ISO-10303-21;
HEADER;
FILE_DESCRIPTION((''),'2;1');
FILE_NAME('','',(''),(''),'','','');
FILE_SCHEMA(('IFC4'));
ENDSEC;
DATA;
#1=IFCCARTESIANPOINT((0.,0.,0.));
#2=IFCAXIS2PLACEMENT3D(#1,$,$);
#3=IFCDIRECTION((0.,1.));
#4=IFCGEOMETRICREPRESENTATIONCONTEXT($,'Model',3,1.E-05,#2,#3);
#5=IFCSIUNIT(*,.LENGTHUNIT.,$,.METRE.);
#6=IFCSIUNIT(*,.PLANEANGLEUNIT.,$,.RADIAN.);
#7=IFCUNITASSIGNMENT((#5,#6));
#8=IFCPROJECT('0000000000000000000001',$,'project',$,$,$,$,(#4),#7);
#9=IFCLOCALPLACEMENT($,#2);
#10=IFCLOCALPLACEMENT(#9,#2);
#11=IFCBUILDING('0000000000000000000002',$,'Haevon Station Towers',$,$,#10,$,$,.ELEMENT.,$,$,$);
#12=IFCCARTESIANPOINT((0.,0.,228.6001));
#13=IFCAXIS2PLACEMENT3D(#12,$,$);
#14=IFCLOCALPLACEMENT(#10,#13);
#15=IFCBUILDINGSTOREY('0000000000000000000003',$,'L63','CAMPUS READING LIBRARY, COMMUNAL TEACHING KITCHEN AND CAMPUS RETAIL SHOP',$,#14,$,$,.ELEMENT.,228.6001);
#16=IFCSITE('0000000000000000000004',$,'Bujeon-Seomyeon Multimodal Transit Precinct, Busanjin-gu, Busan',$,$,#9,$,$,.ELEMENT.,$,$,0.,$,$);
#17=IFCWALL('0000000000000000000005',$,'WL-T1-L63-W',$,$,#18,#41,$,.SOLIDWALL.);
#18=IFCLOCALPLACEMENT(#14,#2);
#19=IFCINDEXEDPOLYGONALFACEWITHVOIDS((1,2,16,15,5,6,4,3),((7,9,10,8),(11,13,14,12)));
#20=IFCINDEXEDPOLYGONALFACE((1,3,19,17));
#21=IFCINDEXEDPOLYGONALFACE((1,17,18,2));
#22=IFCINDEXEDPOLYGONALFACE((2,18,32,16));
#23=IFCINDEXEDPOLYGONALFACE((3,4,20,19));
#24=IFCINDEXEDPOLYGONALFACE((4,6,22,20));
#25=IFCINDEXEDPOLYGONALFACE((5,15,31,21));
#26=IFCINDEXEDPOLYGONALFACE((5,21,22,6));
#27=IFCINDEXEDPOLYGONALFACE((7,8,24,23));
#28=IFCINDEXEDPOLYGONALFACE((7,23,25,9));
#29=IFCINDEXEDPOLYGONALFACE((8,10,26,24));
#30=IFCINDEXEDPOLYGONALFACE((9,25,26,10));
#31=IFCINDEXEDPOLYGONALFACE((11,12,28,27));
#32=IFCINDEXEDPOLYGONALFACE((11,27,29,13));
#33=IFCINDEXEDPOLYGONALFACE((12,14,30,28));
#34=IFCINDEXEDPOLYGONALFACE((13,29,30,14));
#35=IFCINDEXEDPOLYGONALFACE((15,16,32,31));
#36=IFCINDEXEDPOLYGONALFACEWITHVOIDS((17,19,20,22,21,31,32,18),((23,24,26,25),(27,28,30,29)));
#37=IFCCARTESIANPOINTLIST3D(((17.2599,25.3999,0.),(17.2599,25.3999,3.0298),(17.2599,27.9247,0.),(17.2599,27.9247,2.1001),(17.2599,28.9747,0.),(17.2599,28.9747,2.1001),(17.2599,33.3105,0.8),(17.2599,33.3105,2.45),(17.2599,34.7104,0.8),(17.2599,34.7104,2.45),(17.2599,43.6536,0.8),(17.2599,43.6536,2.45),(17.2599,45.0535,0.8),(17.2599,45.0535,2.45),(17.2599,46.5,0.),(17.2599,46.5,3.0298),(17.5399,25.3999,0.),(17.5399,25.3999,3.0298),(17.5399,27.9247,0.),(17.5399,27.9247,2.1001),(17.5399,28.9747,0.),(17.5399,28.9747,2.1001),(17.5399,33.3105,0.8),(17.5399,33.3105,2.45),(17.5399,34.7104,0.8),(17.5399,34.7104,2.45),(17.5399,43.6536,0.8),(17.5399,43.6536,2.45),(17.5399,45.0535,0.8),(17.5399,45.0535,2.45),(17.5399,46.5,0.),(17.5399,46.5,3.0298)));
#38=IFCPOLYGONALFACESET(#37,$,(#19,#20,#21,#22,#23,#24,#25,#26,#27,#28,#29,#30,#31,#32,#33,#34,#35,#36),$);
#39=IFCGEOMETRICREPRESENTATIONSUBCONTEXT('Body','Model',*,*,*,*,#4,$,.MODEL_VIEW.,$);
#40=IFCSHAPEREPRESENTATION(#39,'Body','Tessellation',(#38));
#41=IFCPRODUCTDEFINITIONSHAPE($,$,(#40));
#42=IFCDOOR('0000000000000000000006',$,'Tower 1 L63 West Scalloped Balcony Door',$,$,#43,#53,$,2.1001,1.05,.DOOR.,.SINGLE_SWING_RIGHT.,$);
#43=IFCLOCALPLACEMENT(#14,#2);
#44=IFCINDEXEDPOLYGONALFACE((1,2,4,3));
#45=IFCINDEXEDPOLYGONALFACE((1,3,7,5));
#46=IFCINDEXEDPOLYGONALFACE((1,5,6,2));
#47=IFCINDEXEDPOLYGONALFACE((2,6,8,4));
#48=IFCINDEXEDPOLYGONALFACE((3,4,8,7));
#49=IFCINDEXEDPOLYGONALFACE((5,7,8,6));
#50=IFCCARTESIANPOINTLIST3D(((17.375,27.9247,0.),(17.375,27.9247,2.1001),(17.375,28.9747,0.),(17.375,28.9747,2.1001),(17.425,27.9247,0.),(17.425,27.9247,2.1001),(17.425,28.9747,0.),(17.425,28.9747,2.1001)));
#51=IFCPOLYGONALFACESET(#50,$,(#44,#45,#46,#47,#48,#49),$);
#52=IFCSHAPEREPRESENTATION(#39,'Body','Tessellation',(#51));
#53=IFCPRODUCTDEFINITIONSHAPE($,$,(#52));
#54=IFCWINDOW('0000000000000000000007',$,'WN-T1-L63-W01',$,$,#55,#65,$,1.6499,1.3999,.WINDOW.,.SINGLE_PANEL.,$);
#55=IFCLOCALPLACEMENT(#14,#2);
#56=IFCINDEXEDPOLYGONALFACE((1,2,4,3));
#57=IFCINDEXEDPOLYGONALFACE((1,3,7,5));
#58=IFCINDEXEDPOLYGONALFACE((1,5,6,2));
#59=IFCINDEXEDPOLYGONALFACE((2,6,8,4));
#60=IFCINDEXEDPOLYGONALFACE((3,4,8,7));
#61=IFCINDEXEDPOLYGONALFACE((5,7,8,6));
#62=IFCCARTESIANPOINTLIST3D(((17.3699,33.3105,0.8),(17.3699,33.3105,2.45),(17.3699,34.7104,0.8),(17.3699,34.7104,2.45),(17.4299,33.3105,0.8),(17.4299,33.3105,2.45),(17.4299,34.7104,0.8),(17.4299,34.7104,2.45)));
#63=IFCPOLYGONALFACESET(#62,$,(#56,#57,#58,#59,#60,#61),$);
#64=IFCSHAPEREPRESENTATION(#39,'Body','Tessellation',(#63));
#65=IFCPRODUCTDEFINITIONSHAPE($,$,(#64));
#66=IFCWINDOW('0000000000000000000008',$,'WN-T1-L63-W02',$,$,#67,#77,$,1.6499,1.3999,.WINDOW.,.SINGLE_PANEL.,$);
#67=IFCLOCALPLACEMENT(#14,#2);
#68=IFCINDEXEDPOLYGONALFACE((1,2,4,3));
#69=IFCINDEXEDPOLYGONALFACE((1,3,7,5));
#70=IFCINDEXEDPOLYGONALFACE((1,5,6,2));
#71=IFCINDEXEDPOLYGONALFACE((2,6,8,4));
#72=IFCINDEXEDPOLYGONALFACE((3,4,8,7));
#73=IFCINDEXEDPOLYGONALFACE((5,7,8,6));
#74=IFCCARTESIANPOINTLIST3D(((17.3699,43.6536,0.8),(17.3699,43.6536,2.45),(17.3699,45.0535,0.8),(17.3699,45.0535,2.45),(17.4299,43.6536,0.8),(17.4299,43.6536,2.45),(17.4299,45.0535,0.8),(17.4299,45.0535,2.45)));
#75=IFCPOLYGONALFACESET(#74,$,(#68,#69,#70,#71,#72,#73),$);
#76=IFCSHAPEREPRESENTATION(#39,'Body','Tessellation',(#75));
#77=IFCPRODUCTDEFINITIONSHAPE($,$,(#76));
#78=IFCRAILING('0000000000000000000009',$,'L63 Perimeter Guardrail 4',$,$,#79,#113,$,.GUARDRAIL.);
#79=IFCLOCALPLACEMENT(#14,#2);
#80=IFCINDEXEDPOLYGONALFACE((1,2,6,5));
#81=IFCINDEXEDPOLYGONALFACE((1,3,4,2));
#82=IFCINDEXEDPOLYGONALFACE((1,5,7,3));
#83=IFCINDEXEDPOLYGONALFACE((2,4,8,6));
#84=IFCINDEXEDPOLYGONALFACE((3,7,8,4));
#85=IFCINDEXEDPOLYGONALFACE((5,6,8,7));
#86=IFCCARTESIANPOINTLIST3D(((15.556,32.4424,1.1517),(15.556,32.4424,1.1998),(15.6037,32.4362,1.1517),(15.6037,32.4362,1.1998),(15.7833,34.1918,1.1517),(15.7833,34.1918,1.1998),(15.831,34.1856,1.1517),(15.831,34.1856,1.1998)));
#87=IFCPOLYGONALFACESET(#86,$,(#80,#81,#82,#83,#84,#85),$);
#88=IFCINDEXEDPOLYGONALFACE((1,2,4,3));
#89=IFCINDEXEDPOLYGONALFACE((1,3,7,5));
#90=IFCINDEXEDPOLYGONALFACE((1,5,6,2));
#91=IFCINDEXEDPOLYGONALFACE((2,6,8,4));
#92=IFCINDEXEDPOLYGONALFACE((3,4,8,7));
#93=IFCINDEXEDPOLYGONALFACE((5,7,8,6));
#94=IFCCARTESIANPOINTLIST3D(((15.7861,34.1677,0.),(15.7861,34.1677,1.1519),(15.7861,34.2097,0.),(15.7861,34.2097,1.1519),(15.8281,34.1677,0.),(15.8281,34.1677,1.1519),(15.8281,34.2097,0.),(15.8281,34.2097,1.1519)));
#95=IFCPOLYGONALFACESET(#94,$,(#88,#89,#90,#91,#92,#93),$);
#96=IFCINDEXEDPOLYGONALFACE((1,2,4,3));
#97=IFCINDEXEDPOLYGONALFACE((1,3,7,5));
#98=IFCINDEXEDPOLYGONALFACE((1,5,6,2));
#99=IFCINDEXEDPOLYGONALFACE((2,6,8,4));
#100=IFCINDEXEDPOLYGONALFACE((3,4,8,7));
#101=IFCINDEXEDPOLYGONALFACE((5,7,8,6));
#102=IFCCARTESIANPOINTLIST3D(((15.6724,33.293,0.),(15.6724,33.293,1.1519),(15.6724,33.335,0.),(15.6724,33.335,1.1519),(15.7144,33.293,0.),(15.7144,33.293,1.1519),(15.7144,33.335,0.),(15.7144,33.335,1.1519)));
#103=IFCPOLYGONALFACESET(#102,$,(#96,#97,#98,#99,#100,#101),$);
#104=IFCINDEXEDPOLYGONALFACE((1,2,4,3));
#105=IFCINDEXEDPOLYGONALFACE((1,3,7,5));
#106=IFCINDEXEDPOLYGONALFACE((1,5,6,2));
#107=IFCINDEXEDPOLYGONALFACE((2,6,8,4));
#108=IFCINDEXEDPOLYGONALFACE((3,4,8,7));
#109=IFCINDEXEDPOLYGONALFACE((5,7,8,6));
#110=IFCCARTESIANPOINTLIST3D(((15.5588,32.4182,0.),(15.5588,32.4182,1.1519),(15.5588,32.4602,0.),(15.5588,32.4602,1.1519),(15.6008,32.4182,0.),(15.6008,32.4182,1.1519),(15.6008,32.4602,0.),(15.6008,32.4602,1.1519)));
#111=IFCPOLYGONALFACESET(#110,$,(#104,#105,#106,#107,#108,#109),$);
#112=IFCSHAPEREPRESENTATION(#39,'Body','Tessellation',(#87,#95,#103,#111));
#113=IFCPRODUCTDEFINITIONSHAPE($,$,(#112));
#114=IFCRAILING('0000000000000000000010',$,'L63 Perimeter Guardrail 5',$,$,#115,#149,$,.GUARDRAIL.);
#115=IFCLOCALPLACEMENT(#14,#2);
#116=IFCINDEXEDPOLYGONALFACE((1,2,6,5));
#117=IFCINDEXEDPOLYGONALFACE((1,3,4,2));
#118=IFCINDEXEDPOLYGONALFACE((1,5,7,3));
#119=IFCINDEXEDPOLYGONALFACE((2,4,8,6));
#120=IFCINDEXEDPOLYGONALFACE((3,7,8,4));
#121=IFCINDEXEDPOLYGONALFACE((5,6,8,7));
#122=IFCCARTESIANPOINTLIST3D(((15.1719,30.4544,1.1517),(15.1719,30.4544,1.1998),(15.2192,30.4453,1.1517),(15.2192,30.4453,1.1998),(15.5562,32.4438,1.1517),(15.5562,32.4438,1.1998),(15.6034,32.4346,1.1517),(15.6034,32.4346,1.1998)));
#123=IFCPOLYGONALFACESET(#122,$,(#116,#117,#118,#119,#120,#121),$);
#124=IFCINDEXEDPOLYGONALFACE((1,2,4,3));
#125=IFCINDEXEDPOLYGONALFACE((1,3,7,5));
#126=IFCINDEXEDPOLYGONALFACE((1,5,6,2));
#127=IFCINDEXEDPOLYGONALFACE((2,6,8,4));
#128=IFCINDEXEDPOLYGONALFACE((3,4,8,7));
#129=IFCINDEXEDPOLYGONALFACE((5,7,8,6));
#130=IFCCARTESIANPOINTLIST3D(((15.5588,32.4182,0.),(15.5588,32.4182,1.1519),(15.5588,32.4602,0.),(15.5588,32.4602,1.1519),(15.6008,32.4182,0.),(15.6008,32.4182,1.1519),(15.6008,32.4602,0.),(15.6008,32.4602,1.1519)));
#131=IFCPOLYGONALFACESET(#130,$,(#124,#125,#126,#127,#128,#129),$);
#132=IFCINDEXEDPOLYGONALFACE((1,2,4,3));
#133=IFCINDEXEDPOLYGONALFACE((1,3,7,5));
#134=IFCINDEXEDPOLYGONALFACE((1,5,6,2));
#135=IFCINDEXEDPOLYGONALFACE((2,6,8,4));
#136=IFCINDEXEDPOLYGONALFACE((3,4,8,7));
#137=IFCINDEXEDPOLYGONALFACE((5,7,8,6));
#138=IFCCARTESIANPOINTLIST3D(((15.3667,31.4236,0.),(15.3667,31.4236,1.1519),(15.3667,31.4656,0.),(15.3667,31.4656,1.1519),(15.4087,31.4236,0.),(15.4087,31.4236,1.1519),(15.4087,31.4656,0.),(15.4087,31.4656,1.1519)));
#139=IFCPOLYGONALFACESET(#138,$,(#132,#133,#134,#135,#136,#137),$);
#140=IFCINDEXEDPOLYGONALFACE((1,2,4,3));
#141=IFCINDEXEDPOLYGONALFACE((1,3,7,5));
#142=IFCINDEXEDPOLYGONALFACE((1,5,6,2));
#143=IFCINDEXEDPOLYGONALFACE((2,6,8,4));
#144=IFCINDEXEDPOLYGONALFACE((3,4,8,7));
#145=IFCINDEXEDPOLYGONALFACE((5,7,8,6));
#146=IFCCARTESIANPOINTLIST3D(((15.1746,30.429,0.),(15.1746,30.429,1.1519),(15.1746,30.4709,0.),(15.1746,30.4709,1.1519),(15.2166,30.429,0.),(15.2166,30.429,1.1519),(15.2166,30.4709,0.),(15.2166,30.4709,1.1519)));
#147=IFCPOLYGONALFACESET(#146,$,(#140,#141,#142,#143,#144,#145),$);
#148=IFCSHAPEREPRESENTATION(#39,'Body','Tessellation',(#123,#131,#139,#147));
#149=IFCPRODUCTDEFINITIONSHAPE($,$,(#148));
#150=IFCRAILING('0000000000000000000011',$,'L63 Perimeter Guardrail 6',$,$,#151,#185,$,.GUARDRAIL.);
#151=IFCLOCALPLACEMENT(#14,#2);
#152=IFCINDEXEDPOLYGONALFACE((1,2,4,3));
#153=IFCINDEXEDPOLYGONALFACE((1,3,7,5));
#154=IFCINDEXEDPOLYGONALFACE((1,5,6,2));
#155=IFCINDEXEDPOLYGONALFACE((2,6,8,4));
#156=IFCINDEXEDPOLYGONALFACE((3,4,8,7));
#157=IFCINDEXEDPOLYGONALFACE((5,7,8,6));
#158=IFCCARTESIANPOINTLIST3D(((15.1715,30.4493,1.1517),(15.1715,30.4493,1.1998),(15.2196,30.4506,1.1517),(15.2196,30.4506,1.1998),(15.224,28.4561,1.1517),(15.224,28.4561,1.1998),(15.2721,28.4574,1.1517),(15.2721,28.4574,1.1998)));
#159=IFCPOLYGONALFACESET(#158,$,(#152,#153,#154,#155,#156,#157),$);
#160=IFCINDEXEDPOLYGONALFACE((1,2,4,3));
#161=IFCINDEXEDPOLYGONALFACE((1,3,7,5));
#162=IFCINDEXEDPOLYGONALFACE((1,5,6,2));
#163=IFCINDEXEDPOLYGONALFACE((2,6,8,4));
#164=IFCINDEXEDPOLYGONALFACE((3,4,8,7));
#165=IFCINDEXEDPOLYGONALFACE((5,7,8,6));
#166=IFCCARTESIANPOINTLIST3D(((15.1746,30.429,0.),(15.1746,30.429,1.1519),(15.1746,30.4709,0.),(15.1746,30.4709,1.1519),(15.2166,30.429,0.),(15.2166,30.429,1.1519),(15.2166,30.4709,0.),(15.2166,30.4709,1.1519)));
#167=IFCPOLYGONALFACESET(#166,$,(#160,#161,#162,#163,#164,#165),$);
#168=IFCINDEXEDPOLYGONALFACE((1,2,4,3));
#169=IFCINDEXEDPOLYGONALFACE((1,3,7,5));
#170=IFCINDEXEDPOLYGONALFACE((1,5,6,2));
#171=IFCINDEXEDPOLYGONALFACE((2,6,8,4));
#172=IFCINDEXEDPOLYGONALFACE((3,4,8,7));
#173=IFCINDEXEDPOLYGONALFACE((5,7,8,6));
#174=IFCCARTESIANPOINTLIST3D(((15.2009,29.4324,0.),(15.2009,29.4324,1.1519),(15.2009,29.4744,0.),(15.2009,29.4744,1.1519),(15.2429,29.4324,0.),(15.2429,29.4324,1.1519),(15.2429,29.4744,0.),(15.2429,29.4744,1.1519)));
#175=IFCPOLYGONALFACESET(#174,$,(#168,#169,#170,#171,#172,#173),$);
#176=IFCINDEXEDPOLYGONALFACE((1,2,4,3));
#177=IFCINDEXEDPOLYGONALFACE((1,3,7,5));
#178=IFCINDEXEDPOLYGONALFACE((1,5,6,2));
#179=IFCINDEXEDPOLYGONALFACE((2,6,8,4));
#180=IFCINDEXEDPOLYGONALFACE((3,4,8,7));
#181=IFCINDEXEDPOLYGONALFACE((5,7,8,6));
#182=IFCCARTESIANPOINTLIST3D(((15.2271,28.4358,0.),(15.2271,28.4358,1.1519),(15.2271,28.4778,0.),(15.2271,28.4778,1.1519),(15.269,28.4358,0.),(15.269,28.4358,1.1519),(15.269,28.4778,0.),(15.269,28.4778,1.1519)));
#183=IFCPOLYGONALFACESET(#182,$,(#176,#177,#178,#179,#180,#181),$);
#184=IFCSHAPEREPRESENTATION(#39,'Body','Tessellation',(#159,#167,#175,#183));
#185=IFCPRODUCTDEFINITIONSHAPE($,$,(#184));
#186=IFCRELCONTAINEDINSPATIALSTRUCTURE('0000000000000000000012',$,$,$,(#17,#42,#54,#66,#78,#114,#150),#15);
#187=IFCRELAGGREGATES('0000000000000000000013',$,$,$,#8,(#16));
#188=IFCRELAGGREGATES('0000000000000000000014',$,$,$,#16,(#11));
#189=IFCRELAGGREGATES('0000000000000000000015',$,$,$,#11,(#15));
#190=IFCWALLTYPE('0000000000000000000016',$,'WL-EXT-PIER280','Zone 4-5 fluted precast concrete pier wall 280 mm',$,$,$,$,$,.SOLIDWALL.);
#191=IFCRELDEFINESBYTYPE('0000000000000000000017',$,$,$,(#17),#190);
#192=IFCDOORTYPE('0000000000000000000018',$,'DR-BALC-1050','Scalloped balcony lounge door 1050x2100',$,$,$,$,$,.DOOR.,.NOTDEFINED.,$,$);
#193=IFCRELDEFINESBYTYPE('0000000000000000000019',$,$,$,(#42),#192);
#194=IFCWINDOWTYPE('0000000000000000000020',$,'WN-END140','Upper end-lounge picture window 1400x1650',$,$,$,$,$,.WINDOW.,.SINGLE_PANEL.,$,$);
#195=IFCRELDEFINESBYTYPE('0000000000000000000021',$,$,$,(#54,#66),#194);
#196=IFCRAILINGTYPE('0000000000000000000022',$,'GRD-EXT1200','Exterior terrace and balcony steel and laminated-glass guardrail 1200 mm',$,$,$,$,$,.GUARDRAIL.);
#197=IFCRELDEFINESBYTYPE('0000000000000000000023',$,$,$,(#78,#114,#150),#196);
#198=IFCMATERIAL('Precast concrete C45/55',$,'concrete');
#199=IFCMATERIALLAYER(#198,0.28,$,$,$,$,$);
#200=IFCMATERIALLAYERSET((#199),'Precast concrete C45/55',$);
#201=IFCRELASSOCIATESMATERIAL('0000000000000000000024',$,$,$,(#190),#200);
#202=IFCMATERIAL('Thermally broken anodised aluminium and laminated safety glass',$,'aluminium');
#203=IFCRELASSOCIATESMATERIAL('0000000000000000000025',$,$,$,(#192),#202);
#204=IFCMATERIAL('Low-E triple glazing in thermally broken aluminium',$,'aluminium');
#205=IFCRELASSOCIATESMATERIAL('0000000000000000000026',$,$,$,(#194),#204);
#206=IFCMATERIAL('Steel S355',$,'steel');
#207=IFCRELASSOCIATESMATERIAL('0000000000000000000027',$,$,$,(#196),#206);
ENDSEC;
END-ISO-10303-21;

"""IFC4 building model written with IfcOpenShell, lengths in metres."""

from ifc_helpers import new_model, si_unit, direction, frame, frame_2d, origin, origin_2d, place, context, subcontext, project, spatial, rectangle, extrude, material, layer, layer_set, type_object, element, fill, save


model = new_model("IFC4")

# Units and contexts
model_context = context("Model", 3, precision=1e-05, world=origin(), true_north=direction((0.0, 1.0)))
body_context = subcontext(model_context, "Body", "Model", "MODEL_VIEW")
ifc_project = project(units=[si_unit("LENGTHUNIT", "METRE"), si_unit("PLANEANGLEUNIT", "RADIAN")], contexts=[model_context])

# Site, building, storey
site_placement = place(None, origin())
site = spatial("IfcSite", under=ifc_project, at=site_placement, Name="Bujeon-Seomyeon Multimodal Transit Precinct, Busanjin-gu, Busan", CompositionType="ELEMENT", RefElevation=0.0)
building_placement = place(site_placement, origin())
building = spatial("IfcBuilding", under=site, at=building_placement, Name="Haevon Station Towers", CompositionType="ELEMENT")
storey_placement = place(building_placement, frame((0.0, 0.0, 228.6001)))
storey = spatial("IfcBuildingStorey", under=building, at=storey_placement, Name="L63", Description="CAMPUS READING LIBRARY, COMMUNAL TEACHING KITCHEN AND CAMPUS RETAIL SHOP", CompositionType="ELEMENT", Elevation=228.6001)

# Shared definitions
ifc_material_1 = material(Name="Steel S355", Category="steel")

# Wall, openings, door, windows
ifc_material_2 = material(Name="Precast concrete C45/55", Category="concrete")
ifc_layer_1 = layer(ifc_material_2, 0.28)
ifc_layer_set_1 = layer_set([ifc_layer_1], Name="Precast concrete C45/55")
wall_type = type_object("IfcWallType", Name="WL-EXT-PIER280", Description="Zone 4-5 fluted precast concrete pier wall 280 mm", PredefinedType="SOLIDWALL", material=ifc_layer_set_1)
wall_placement = place(storey_placement, frame((17.3999, 25.3999, 0.0), z_axis=(0.0, 0.0, 1.0), x_axis=(0.0, 1.0, 0.0)))
wall = element("IfcWall", 1, at=wall_placement, inside=storey, type_object=wall_type, Name="WL-T1-L63-W", PredefinedType="SOLIDWALL", context=body_context, shape_type="SweptSolid", body=[
    extrude(rectangle(XDim=21.1001, YDim=0.28, at=frame_2d((10.55, 0.0))), origin(), (0.0, 0.0, 1.0), 3.0298),
])
opening_1_placement = place(wall_placement, frame((2.5249, 0.0, 0.0)))
opening_1 = element("IfcOpeningElement", 2, at=opening_1_placement, cuts=wall, PredefinedType="OPENING", context=body_context, shape_type="SweptSolid", body=[
    extrude(rectangle(XDim=1.05, YDim=2.1001, at=frame_2d((0.5249, 1.05))), frame((0.0, 0.1499, 0.0), z_axis=(0.0, -1.0, 0.0), x_axis=(1.0, 0.0, 0.0)), (0.0, 0.0, 1.0), 0.3),
])
opening_2_placement = place(wall_placement, frame((7.9106, 0.0, 0.8)))
opening_2 = element("IfcOpeningElement", 3, at=opening_2_placement, cuts=wall, PredefinedType="OPENING", context=body_context, shape_type="SweptSolid", body=[
    extrude(rectangle(XDim=1.3999, YDim=1.6499, at=frame_2d((0.7, 0.825))), frame((0.0, 0.1499, 0.0), z_axis=(0.0, -1.0, 0.0), x_axis=(1.0, 0.0, 0.0)), (0.0, 0.0, 1.0), 0.3),
])
opening_3_placement = place(wall_placement, frame((18.2537, 0.0, 0.8)))
opening_3 = element("IfcOpeningElement", 4, at=opening_3_placement, cuts=wall, PredefinedType="OPENING", context=body_context, shape_type="SweptSolid", body=[
    extrude(rectangle(XDim=1.3999, YDim=1.6499, at=frame_2d((0.7, 0.825))), frame((0.0, 0.1499, 0.0), z_axis=(0.0, -1.0, 0.0), x_axis=(1.0, 0.0, 0.0)), (0.0, 0.0, 1.0), 0.3),
])
ifc_material_3 = material(Name="Thermally broken anodised aluminium and laminated safety glass", Category="aluminium")
door_type = type_object("IfcDoorType", Name="DR-BALC-1050", Description="Scalloped balcony lounge door 1050x2100", OperationType="NOTDEFINED", PredefinedType="DOOR", material=ifc_material_3)
door_placement = place(opening_1_placement, origin())
door = element("IfcDoor", 5, at=door_placement, inside=storey, type_object=door_type, Name="Tower 1 L63 West Scalloped Balcony Door", OperationType="SINGLE_SWING_RIGHT", OverallHeight=2.1001, OverallWidth=1.05, PredefinedType="DOOR", context=body_context, shape_type="SweptSolid", body=[
    extrude(rectangle(XDim=1.05, YDim=2.1001, at=frame_2d((0.5249, 1.05))), frame((0.0, 0.0249, 0.0), z_axis=(0.0, -1.0, 0.0), x_axis=(1.0, 0.0, 0.0)), (0.0, 0.0, 1.0), 0.05),
])
fill(opening_1, door)
ifc_material_4 = material(Name="Low-E triple glazing in thermally broken aluminium", Category="aluminium")
window_type = type_object("IfcWindowType", Name="WN-END140", Description="Upper end-lounge picture window 1400x1650", PartitioningType="SINGLE_PANEL", PredefinedType="WINDOW", material=ifc_material_4)
window_1_placement = place(opening_2_placement, origin())
window_1 = element("IfcWindow", 6, at=window_1_placement, inside=storey, type_object=window_type, Name="WN-T1-L63-W01", OverallHeight=1.6499, OverallWidth=1.3999, PartitioningType="SINGLE_PANEL", PredefinedType="WINDOW", context=body_context, shape_type="SweptSolid", body=[
    extrude(rectangle(XDim=1.3999, YDim=1.6499, at=frame_2d((0.7, 0.825))), frame((0.0, 0.03, 0.0), z_axis=(0.0, -1.0, 0.0), x_axis=(1.0, 0.0, 0.0)), (0.0, 0.0, 1.0), 0.0601),
])
fill(opening_2, window_1)
window_2_placement = place(opening_3_placement, origin())
window_2 = element("IfcWindow", 7, at=window_2_placement, inside=storey, type_object=window_type, Name="WN-T1-L63-W02", OverallHeight=1.6499, OverallWidth=1.3999, PartitioningType="SINGLE_PANEL", PredefinedType="WINDOW", context=body_context, shape_type="SweptSolid", body=[
    extrude(rectangle(XDim=1.3999, YDim=1.6499, at=frame_2d((0.7, 0.825))), frame((0.0, 0.03, 0.0), z_axis=(0.0, -1.0, 0.0), x_axis=(1.0, 0.0, 0.0)), (0.0, 0.0, 1.0), 0.0601),
])
fill(opening_3, window_2)

# Railings
railing_type = type_object("IfcRailingType", Name="GRD-EXT1200", Description="Exterior terrace and balcony steel and laminated-glass guardrail 1200 mm", PredefinedType="GUARDRAIL", material=ifc_material_1)
railing_1_placement = place(storey_placement, frame((15.8071, 34.1887, 0.0)))
element("IfcRailing", 8, at=railing_1_placement, inside=storey, type_object=railing_type, Name="L63 Perimeter Guardrail 4", PredefinedType="GUARDRAIL", context=body_context, shape_type="SweptSolid", body=[
    extrude(rectangle(XDim=0.0481, YDim=0.0481, at=origin_2d()), frame((0.0, 0.0, 1.1758), z_axis=(-0.128836, -0.991666, 0.0), x_axis=(0.991666, -0.128836, 0.0)), (0.0, 0.0, 1.0), 1.7642),
    extrude(rectangle(XDim=0.042, YDim=0.042, at=origin_2d()), origin(), (0.0, 0.0, 1.0), 1.1519),
    extrude(rectangle(XDim=0.042, YDim=0.042, at=origin_2d()), frame((-0.1138, -0.8748, 0.0)), (0.0, 0.0, 1.0), 1.1519),
    extrude(rectangle(XDim=0.042, YDim=0.042, at=origin_2d()), frame((-0.2273, -1.7495, 0.0)), (0.0, 0.0, 1.0), 1.1519),
])
railing_2_placement = place(storey_placement, frame((15.5798, 32.4392, 0.0)))
element("IfcRailing", 9, at=railing_2_placement, inside=storey, type_object=railing_type, Name="L63 Perimeter Guardrail 5", PredefinedType="GUARDRAIL", context=body_context, shape_type="SweptSolid", body=[
    extrude(rectangle(XDim=0.0481, YDim=0.0481, at=origin_2d()), frame((0.0, 0.0, 1.1758), z_axis=(-0.18967, -0.981848, 0.0), x_axis=(0.981848, -0.18967, 0.0)), (0.0, 0.0, 1.0), 2.0261),
    extrude(rectangle(XDim=0.042, YDim=0.042, at=origin_2d()), origin(), (0.0, 0.0, 1.0), 1.1519),
    extrude(rectangle(XDim=0.042, YDim=0.042, at=origin_2d()), frame((-0.1921, -0.9946, 0.0)), (0.0, 0.0, 1.0), 1.1519),
    extrude(rectangle(XDim=0.042, YDim=0.042, at=origin_2d()), frame((-0.3843, -1.9893, 0.0)), (0.0, 0.0, 1.0), 1.1519),
])
railing_3_placement = place(storey_placement, frame((15.1956, 30.45, 0.0)))
element("IfcRailing", 10, at=railing_3_placement, inside=storey, type_object=railing_type, Name="L63 Perimeter Guardrail 6", PredefinedType="GUARDRAIL", context=body_context, shape_type="SweptSolid", body=[
    extrude(rectangle(XDim=0.0481, YDim=0.0481, at=origin_2d()), frame((0.0, 0.0, 1.1758), z_axis=(0.026326, -0.999653, 0.0), x_axis=(0.999653, 0.026326, 0.0)), (0.0, 0.0, 1.0), 1.9939),
    extrude(rectangle(XDim=0.042, YDim=0.042, at=origin_2d()), origin(), (0.0, 0.0, 1.0), 1.1519),
    extrude(rectangle(XDim=0.042, YDim=0.042, at=origin_2d()), frame((0.0264, -0.9966, 0.0)), (0.0, 0.0, 1.0), 1.1519),
    extrude(rectangle(XDim=0.042, YDim=0.042, at=origin_2d()), frame((0.0525, -1.9932, 0.0)), (0.0, 0.0, 1.0), 1.1519),
])

save(model, "model.ifc")
